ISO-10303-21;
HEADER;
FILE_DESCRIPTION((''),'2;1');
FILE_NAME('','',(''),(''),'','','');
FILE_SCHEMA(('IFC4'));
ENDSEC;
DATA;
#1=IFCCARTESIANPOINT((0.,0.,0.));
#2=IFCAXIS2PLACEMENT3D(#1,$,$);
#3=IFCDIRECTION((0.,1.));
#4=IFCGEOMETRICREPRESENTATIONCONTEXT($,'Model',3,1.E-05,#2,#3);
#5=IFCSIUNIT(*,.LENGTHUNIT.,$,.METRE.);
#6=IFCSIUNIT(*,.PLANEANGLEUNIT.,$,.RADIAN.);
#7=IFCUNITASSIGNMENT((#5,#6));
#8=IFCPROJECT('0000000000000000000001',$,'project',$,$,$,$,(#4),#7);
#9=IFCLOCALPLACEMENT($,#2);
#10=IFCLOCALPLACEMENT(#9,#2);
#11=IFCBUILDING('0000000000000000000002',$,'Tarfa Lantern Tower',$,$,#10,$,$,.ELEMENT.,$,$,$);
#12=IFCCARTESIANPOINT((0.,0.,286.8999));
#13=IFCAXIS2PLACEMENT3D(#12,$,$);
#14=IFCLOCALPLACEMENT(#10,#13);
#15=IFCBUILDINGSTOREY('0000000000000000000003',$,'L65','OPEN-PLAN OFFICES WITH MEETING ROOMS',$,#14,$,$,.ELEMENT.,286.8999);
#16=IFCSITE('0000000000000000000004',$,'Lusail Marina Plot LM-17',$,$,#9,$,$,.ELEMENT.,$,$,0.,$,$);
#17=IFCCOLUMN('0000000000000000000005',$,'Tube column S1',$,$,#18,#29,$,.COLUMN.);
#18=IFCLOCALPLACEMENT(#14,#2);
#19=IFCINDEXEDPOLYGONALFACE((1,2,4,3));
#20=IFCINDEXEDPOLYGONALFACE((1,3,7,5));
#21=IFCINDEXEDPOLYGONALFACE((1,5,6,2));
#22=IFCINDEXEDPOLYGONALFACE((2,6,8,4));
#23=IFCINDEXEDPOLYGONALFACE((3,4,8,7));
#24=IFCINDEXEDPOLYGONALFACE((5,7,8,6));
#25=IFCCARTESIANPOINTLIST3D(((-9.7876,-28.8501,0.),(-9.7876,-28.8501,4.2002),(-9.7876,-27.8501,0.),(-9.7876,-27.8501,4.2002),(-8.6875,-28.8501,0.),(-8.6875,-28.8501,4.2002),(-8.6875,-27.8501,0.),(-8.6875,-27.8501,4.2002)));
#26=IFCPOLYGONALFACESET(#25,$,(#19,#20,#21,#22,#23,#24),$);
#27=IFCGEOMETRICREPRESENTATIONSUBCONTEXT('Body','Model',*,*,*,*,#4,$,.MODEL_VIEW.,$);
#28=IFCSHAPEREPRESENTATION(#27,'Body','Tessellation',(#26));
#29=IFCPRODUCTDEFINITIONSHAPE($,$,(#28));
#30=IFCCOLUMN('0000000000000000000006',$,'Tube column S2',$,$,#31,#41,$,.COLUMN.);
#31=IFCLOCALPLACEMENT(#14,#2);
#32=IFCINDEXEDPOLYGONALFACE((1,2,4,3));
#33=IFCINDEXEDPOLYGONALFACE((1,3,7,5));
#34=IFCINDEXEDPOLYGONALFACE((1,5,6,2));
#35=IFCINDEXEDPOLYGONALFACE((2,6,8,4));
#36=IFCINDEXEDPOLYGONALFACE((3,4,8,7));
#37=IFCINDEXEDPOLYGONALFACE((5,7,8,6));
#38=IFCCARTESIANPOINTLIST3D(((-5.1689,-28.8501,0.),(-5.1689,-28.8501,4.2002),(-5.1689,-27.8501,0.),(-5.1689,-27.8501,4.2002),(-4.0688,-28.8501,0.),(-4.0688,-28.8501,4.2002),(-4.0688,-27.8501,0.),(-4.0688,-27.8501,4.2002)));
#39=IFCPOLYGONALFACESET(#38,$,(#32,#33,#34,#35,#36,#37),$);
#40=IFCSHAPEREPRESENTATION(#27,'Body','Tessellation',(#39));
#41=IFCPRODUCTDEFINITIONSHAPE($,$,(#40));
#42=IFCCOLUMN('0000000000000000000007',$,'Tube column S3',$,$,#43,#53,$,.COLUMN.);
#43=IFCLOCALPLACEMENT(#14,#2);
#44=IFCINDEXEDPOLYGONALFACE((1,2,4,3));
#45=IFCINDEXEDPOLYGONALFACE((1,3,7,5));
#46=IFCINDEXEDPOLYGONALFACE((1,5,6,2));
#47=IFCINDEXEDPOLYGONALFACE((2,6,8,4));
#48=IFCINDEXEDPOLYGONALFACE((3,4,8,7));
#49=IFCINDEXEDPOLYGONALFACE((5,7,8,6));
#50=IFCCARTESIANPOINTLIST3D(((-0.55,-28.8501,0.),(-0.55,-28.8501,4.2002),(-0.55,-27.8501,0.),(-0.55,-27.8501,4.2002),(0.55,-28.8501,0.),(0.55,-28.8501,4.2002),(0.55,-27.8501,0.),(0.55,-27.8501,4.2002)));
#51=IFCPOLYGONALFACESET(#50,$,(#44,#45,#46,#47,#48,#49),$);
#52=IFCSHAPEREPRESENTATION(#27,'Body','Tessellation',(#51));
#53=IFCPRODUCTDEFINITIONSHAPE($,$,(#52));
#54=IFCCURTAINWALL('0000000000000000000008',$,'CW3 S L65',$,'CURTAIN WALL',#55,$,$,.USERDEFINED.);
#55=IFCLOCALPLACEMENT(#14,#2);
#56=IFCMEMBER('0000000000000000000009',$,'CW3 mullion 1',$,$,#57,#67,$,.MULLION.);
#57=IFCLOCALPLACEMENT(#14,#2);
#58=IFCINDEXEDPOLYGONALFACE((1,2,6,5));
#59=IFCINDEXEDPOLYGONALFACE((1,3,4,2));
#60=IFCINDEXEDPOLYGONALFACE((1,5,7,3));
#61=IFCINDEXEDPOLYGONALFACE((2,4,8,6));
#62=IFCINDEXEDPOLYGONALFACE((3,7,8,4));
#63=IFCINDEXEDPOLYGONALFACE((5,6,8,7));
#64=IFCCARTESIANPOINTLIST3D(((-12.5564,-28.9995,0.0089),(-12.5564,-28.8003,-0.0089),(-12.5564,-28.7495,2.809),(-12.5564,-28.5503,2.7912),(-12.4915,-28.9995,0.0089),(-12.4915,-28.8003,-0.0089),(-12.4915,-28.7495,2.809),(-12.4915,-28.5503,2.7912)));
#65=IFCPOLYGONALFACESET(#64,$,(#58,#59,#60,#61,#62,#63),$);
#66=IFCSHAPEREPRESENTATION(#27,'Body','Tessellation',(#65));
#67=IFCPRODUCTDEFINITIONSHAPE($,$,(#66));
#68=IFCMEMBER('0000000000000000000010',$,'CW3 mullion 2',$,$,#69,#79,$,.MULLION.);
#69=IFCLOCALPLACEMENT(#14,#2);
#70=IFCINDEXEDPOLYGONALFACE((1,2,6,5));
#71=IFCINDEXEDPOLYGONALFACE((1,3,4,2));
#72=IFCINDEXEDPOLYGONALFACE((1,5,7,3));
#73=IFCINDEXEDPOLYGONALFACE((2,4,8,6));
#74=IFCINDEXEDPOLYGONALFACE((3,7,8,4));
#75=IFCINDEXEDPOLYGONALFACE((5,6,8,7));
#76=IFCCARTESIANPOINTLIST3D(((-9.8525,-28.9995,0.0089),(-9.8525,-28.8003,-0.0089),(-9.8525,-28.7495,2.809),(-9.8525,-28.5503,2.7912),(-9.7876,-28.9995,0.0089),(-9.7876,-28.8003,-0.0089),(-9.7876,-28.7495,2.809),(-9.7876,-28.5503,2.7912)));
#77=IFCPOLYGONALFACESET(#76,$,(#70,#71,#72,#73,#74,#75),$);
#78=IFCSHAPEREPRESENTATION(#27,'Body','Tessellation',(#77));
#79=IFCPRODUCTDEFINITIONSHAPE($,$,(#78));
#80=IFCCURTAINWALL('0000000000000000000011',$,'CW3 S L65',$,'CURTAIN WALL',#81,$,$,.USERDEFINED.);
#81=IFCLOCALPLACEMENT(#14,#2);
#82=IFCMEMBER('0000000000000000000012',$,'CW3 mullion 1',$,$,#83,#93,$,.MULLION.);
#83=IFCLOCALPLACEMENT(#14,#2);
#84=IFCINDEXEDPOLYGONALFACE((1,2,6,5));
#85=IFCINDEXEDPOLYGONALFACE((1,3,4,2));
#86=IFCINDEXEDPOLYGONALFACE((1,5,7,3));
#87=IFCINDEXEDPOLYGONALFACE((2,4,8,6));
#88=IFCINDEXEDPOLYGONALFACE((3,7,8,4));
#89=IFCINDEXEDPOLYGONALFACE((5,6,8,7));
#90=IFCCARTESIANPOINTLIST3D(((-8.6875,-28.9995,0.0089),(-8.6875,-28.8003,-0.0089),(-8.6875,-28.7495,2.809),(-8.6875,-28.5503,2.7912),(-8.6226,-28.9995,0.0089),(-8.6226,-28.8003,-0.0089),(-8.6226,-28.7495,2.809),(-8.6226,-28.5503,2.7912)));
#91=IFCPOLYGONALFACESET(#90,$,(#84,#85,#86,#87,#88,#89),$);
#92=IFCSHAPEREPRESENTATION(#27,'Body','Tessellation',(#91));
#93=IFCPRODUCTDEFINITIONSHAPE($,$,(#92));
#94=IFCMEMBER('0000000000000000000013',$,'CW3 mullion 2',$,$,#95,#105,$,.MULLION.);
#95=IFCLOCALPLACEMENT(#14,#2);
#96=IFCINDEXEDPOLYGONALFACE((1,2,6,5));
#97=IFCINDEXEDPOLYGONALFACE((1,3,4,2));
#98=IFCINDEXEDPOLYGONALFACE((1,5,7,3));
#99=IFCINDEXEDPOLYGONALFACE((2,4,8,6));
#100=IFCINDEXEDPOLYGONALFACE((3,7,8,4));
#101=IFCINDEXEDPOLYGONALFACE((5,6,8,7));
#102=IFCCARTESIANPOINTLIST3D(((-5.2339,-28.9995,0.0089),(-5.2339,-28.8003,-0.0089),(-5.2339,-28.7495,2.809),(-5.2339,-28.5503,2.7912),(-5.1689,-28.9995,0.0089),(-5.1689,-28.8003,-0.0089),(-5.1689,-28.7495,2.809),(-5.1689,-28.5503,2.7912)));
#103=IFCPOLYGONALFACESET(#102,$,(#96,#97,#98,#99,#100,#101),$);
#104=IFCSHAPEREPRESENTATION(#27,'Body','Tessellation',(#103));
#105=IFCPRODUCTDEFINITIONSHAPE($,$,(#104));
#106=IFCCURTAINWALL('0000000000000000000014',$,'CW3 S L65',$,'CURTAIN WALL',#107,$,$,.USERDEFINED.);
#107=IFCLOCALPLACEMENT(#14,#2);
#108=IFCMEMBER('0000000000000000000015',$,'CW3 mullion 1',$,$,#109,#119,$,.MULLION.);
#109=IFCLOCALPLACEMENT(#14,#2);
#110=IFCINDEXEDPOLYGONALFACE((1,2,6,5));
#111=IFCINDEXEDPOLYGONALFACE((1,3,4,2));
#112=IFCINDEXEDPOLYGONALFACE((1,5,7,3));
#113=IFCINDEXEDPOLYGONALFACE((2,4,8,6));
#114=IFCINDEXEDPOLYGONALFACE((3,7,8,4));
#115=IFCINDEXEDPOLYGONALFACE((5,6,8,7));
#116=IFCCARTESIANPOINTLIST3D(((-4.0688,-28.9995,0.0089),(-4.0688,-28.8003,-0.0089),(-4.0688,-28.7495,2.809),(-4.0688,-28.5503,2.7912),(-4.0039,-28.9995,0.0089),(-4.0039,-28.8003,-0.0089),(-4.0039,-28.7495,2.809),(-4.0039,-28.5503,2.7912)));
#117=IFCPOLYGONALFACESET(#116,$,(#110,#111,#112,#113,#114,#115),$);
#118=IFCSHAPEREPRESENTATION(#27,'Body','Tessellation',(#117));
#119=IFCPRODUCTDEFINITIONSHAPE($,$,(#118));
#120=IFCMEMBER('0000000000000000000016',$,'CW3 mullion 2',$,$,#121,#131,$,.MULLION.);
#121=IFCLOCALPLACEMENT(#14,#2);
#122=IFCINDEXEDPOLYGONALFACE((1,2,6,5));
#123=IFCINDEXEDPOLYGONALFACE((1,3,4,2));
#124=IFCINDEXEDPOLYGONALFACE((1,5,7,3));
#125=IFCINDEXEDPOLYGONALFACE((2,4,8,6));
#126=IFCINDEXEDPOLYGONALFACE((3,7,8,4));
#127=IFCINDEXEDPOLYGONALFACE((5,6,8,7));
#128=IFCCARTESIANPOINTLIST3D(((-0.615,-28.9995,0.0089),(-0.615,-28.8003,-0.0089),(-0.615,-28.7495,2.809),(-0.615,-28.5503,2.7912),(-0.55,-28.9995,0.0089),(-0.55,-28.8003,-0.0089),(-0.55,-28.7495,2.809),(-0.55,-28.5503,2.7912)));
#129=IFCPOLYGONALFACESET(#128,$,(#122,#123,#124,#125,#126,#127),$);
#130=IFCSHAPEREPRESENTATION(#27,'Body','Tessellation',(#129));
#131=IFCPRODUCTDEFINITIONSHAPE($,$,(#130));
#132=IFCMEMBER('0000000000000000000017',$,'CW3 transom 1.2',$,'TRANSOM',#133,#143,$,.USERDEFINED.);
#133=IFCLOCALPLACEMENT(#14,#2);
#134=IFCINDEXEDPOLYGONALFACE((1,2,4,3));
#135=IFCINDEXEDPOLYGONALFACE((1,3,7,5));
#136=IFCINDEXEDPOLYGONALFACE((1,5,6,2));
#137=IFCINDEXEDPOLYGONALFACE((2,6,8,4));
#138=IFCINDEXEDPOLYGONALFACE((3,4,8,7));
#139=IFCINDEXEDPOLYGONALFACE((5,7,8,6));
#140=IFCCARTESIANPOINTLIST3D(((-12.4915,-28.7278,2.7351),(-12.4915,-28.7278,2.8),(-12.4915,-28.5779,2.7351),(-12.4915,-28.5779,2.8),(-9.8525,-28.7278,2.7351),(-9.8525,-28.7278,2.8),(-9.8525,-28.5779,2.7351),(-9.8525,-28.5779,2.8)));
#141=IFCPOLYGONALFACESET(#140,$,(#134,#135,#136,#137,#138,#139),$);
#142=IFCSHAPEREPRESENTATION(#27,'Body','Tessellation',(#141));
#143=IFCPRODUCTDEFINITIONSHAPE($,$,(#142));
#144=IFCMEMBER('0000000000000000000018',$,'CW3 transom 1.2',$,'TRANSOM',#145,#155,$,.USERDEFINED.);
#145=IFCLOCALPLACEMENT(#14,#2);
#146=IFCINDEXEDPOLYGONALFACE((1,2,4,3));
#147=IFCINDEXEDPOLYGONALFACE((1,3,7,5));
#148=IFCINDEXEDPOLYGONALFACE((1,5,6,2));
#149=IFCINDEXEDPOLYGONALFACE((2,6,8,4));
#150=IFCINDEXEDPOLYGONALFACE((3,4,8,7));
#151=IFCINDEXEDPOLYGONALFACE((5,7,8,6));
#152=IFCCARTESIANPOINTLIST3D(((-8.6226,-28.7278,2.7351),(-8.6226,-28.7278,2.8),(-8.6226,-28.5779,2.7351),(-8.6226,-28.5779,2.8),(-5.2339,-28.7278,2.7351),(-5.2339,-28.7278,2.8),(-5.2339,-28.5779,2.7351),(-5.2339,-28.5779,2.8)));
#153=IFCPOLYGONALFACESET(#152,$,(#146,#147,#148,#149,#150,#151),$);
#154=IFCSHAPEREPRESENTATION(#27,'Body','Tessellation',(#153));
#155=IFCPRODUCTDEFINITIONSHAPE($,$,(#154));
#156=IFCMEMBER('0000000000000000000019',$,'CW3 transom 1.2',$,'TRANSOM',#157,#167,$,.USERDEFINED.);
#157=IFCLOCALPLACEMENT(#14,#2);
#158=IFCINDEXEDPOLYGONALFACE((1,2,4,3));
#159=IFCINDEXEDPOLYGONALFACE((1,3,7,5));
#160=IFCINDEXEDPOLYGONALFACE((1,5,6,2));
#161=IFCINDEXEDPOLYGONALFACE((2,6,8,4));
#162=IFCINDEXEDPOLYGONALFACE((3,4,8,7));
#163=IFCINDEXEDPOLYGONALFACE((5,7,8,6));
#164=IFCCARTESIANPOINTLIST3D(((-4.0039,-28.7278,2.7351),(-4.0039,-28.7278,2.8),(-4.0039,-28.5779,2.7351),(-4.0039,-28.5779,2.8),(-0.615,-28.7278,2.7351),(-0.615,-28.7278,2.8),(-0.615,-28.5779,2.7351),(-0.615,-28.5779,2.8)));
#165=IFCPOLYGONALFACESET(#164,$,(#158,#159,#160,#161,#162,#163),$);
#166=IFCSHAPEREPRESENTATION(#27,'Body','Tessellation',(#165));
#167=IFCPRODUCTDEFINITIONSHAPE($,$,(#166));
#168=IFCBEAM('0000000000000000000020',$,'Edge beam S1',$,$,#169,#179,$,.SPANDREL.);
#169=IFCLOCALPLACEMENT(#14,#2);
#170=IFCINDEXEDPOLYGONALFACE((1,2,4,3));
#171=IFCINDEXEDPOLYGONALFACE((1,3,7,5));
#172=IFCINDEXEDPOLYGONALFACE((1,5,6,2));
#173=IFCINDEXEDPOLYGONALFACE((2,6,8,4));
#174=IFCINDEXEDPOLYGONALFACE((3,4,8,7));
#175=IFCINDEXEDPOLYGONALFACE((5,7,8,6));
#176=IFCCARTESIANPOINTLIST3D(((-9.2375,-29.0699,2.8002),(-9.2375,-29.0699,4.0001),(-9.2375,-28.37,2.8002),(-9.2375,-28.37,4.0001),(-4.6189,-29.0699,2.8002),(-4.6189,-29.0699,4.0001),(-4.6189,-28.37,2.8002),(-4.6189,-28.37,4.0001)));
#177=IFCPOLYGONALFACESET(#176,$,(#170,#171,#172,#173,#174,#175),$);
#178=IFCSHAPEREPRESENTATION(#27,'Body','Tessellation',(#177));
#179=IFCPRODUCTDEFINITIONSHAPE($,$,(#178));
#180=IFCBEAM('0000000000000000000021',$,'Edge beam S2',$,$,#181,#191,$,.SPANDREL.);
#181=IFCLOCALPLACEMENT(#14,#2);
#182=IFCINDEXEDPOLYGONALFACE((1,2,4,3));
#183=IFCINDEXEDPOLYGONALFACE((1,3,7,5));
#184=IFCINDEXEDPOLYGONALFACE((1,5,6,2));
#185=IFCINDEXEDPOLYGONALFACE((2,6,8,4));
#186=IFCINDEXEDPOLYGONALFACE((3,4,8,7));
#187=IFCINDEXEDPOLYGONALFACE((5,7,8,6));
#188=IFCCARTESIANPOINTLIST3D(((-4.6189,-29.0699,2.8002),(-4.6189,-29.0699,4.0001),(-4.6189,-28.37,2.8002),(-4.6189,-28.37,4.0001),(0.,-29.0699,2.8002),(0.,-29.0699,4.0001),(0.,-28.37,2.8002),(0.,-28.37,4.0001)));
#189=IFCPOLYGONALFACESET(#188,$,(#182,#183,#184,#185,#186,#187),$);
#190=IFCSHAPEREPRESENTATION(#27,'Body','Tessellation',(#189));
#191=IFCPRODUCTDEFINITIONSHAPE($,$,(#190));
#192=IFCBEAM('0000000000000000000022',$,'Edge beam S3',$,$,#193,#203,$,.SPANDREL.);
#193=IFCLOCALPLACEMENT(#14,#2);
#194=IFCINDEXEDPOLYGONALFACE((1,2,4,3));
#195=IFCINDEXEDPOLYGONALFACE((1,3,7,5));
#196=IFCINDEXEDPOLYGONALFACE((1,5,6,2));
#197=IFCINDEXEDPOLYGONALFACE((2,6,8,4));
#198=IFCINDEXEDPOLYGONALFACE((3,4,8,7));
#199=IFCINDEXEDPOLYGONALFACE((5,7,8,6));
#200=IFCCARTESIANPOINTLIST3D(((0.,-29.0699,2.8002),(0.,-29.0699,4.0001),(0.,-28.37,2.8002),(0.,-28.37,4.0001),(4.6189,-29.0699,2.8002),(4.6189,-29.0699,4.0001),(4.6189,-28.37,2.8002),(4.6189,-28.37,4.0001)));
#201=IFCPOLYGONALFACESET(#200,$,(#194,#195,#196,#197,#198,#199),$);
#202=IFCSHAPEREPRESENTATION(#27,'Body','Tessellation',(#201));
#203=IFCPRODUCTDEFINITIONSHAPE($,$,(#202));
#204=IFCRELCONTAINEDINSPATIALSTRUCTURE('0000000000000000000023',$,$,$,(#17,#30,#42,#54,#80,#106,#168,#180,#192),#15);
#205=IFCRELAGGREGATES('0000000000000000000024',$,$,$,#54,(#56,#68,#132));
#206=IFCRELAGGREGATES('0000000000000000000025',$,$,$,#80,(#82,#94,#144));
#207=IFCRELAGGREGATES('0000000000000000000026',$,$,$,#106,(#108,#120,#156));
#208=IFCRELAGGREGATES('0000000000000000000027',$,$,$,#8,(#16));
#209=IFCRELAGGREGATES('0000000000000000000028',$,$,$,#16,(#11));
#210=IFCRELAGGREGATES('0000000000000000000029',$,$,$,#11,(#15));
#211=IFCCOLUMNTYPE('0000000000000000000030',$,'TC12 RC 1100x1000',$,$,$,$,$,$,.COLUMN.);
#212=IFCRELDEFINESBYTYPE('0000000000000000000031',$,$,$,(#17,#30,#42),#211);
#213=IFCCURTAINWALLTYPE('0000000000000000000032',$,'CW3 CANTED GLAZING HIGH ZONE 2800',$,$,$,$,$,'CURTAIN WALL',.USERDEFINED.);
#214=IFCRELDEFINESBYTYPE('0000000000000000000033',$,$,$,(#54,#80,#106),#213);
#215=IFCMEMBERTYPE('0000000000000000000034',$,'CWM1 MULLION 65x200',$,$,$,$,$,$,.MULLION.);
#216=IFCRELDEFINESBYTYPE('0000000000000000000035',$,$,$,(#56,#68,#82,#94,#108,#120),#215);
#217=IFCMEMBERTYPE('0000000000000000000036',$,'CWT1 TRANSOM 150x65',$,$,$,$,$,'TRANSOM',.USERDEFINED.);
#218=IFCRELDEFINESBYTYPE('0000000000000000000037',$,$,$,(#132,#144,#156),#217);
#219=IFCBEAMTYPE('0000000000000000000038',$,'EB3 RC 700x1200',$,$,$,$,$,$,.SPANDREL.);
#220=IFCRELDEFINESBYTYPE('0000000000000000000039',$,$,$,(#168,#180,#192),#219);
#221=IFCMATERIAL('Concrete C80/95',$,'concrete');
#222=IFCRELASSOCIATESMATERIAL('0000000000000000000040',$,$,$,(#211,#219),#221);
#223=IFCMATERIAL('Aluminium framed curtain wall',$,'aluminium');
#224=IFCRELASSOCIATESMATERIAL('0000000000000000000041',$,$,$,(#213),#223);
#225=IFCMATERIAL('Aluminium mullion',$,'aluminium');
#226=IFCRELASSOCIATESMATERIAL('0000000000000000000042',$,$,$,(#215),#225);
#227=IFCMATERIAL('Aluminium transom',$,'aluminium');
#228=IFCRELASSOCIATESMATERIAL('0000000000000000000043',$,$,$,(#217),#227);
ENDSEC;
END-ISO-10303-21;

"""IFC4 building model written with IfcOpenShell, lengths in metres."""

from ifc_helpers import new_model, si_unit, direction, frame, origin, origin_2d, place, context, subcontext, project, spatial, rectangle, extrude, material, material_profile, profile_set, type_object, element, aggregate, save


model = new_model("IFC4")

# Units and contexts
model_context = context("Model", 3, precision=1e-05, world=origin(), true_north=direction((0.0, 1.0)))
body_context = subcontext(model_context, "Body", "Model", "MODEL_VIEW")
ifc_project = project(units=[si_unit("LENGTHUNIT", "METRE"), si_unit("PLANEANGLEUNIT", "RADIAN")], contexts=[model_context])

# Site, building, storey
site_placement = place(None, origin())
site = spatial("IfcSite", under=ifc_project, at=site_placement, Name="Lusail Marina Plot LM-17", CompositionType="ELEMENT", RefElevation=0.0)
building_placement = place(site_placement, origin())
building = spatial("IfcBuilding", under=site, at=building_placement, Name="Tarfa Lantern Tower", CompositionType="ELEMENT")
storey_placement = place(building_placement, frame((0.0, 0.0, 286.8999)))
storey = spatial("IfcBuildingStorey", under=building, at=storey_placement, Name="L65", Description="OPEN-PLAN OFFICES WITH MEETING ROOMS", CompositionType="ELEMENT", Elevation=286.8999)

# Columns
ifc_material_1 = material(Name="Concrete C80/95", Category="concrete")
ifc_material_profile_1 = material_profile(ifc_material_1, rectangle(XDim=1.1001, YDim=1.0, at=origin_2d()), Name="RC 1100x1000")
ifc_profile_set_1 = profile_set([ifc_material_profile_1], Name="Concrete C80/95")
column_type = type_object("IfcColumnType", Name="TC12 RC 1100x1000", PredefinedType="COLUMN", material=ifc_profile_set_1)
for number, where, z_axis, x_axis, name in (
    (1, (-9.2375, -28.3501, 0.0), (0.0, 0.0, 1.0), (1.0, 0.0, 0.0), "Tube column S1"),
    (2, (-4.6189, -28.3501, 0.0), (0.0, 0.0, 1.0), (1.0, 0.0, 0.0), "Tube column S2"),
    (3, (0.0, -28.3501, 0.0), (0.0, 0.0, 1.0), (1.0, 0.0, 0.0), "Tube column S3"),
):
    element("IfcColumn", number, at=place(storey_placement, frame(where, z_axis=z_axis, x_axis=x_axis)), inside=storey, type_object=column_type, Name=name, PredefinedType="COLUMN", context=body_context, shape_type="SweptSolid", body=[
        extrude(rectangle(XDim=1.1001, YDim=1.0, at=origin_2d()), origin(), (0.0, 0.0, 1.0), 4.2002),
    ])

# Curtain walls, members
ifc_material_2 = material(Name="Aluminium framed curtain wall", Category="aluminium")
curtain_wall_type = type_object("IfcCurtainWallType", Name="CW3 CANTED GLAZING HIGH ZONE 2800", ElementType="CURTAIN WALL", PredefinedType="USERDEFINED", material=ifc_material_2)
curtain_wall_1_placement = place(storey_placement, origin())
curtain_wall_1 = element("IfcCurtainWall", 4, at=curtain_wall_1_placement, inside=storey, type_object=curtain_wall_type, Name="CW3 S L65", ObjectType="CURTAIN WALL", PredefinedType="USERDEFINED")
ifc_material_3 = material(Name="Aluminium mullion", Category="aluminium")
ifc_material_profile_2 = material_profile(ifc_material_3, rectangle(XDim=0.0649, YDim=0.2, at=origin_2d()), Name="AL MULLION 65x200")
ifc_profile_set_2 = profile_set([ifc_material_profile_2], Name="Aluminium mullion")
member_type_1 = type_object("IfcMemberType", Name="CWM1 MULLION 65x200", PredefinedType="MULLION", material=ifc_profile_set_2)
member_1_placement = place(storey_placement, frame((-12.5239, -28.8999, 0.0), z_axis=(0.0, 0.08893, 0.996038), x_axis=(-1.0, 0.0, 0.0)))
member_1 = element("IfcMember", 5, at=member_1_placement, type_object=member_type_1, Name="CW3 mullion 1", PredefinedType="MULLION", context=body_context, shape_type="SweptSolid", body=[
    extrude(rectangle(XDim=0.0649, YDim=0.2, at=origin_2d()), origin(), (0.0, 0.0, 1.0), 2.8113),
])
member_2_placement = place(storey_placement, frame((-9.8201, -28.8999, 0.0), z_axis=(0.0, 0.08893, 0.996038), x_axis=(-1.0, 0.0, 0.0)))
member_2 = element("IfcMember", 6, at=member_2_placement, type_object=member_type_1, Name="CW3 mullion 2", PredefinedType="MULLION", context=body_context, shape_type="SweptSolid", body=[
    extrude(rectangle(XDim=0.0649, YDim=0.2, at=origin_2d()), origin(), (0.0, 0.0, 1.0), 2.8113),
])
curtain_wall_2_placement = place(storey_placement, origin())
curtain_wall_2 = element("IfcCurtainWall", 7, at=curtain_wall_2_placement, inside=storey, type_object=curtain_wall_type, Name="CW3 S L65", ObjectType="CURTAIN WALL", PredefinedType="USERDEFINED")
member_3_placement = place(storey_placement, frame((-8.655, -28.8999, 0.0), z_axis=(0.0, 0.08893, 0.996038), x_axis=(-1.0, 0.0, 0.0)))
member_3 = element("IfcMember", 8, at=member_3_placement, type_object=member_type_1, Name="CW3 mullion 1", PredefinedType="MULLION", context=body_context, shape_type="SweptSolid", body=[
    extrude(rectangle(XDim=0.0649, YDim=0.2, at=origin_2d()), origin(), (0.0, 0.0, 1.0), 2.8113),
])
member_4_placement = place(storey_placement, frame((-5.2014, -28.8999, 0.0), z_axis=(0.0, 0.08893, 0.996038), x_axis=(-1.0, 0.0, 0.0)))
member_4 = element("IfcMember", 9, at=member_4_placement, type_object=member_type_1, Name="CW3 mullion 2", PredefinedType="MULLION", context=body_context, shape_type="SweptSolid", body=[
    extrude(rectangle(XDim=0.0649, YDim=0.2, at=origin_2d()), origin(), (0.0, 0.0, 1.0), 2.8113),
])
curtain_wall_3_placement = place(storey_placement, origin())
curtain_wall_3 = element("IfcCurtainWall", 10, at=curtain_wall_3_placement, inside=storey, type_object=curtain_wall_type, Name="CW3 S L65", ObjectType="CURTAIN WALL", PredefinedType="USERDEFINED")
member_5_placement = place(storey_placement, frame((-4.0364, -28.8999, 0.0), z_axis=(0.0, 0.08893, 0.996038), x_axis=(-1.0, 0.0, 0.0)))
member_5 = element("IfcMember", 11, at=member_5_placement, type_object=member_type_1, Name="CW3 mullion 1", PredefinedType="MULLION", context=body_context, shape_type="SweptSolid", body=[
    extrude(rectangle(XDim=0.0649, YDim=0.2, at=origin_2d()), origin(), (0.0, 0.0, 1.0), 2.8113),
])
member_6_placement = place(storey_placement, frame((-0.5825, -28.8999, 0.0), z_axis=(0.0, 0.08893, 0.996038), x_axis=(-1.0, 0.0, 0.0)))
member_6 = element("IfcMember", 12, at=member_6_placement, type_object=member_type_1, Name="CW3 mullion 2", PredefinedType="MULLION", context=body_context, shape_type="SweptSolid", body=[
    extrude(rectangle(XDim=0.0649, YDim=0.2, at=origin_2d()), origin(), (0.0, 0.0, 1.0), 2.8113),
])

# Members
ifc_material_4 = material(Name="Aluminium transom", Category="aluminium")
ifc_material_profile_3 = material_profile(ifc_material_4, rectangle(XDim=0.1499, YDim=0.0649, at=origin_2d()), Name="AL TRANSOM 150x65")
ifc_profile_set_3 = profile_set([ifc_material_profile_3], Name="Aluminium transom")
member_type_2 = type_object("IfcMemberType", Name="CWT1 TRANSOM 150x65", ElementType="TRANSOM", PredefinedType="USERDEFINED", material=ifc_profile_set_3)
member_7_placement = place(storey_placement, frame((-12.4915, -28.6528, 2.7676), z_axis=(1.0, 0.0, 0.0), x_axis=(0.0, 1.0, 0.0)))
member_7 = element("IfcMember", 13, at=member_7_placement, type_object=member_type_2, Name="CW3 transom 1.2", ObjectType="TRANSOM", PredefinedType="USERDEFINED", context=body_context, shape_type="SweptSolid", body=[
    extrude(rectangle(XDim=0.1499, YDim=0.0649, at=origin_2d()), origin(), (0.0, 0.0, 1.0), 2.6389),
])
member_8_placement = place(storey_placement, frame((-8.6226, -28.6528, 2.7676), z_axis=(1.0, 0.0, 0.0), x_axis=(0.0, 1.0, 0.0)))
member_8 = element("IfcMember", 14, at=member_8_placement, type_object=member_type_2, Name="CW3 transom 1.2", ObjectType="TRANSOM", PredefinedType="USERDEFINED", context=body_context, shape_type="SweptSolid", body=[
    extrude(rectangle(XDim=0.1499, YDim=0.0649, at=origin_2d()), origin(), (0.0, 0.0, 1.0), 3.3887),
])
member_9_placement = place(storey_placement, frame((-4.0039, -28.6528, 2.7676), z_axis=(1.0, 0.0, 0.0), x_axis=(0.0, 1.0, 0.0)))
member_9 = element("IfcMember", 15, at=member_9_placement, type_object=member_type_2, Name="CW3 transom 1.2", ObjectType="TRANSOM", PredefinedType="USERDEFINED", context=body_context, shape_type="SweptSolid", body=[
    extrude(rectangle(XDim=0.1499, YDim=0.0649, at=origin_2d()), origin(), (0.0, 0.0, 1.0), 3.3889),
])

# Beams
ifc_material_profile_4 = material_profile(ifc_material_1, rectangle(XDim=0.7, YDim=1.2, at=origin_2d()), Name="RC 700x1200")
ifc_profile_set_4 = profile_set([ifc_material_profile_4], Name="Concrete C80/95")
beam_type_1 = type_object("IfcBeamType", Name="EB3 RC 700x1200", PredefinedType="SPANDREL", material=ifc_profile_set_4)
beam_placement = place(storey_placement, frame((-9.2375, -28.72, 3.4001), z_axis=(1.0, 0.0, 0.0), x_axis=(0.0, 1.0, 0.0)))
element("IfcBeam", 16, at=beam_placement, inside=storey, type_object=beam_type_1, Name="Edge beam S1", PredefinedType="SPANDREL", context=body_context, shape_type="SweptSolid", body=[
    extrude(rectangle(XDim=0.7, YDim=1.2, at=origin_2d()), origin(), (0.0, 0.0, 1.0), 4.6187),
])
for number, where, z_axis, x_axis, name in (
    (17, (-4.6189, -28.72, 3.4001), (1.0, 0.0, 0.0), (0.0, 1.0, 0.0), "Edge beam S2"),
    (18, (0.0, -28.72, 3.4001), (1.0, 0.0, 0.0), (0.0, 1.0, 0.0), "Edge beam S3"),
):
    element("IfcBeam", number, at=place(storey_placement, frame(where, z_axis=z_axis, x_axis=x_axis)), inside=storey, type_object=beam_type_1, Name=name, PredefinedType="SPANDREL", context=body_context, shape_type="SweptSolid", body=[
        extrude(rectangle(XDim=0.7, YDim=1.2, at=origin_2d()), origin(), (0.0, 0.0, 1.0), 4.6189),
    ])

aggregate(curtain_wall_1, [member_1, member_2, member_7])
aggregate(curtain_wall_2, [member_3, member_4, member_8])
aggregate(curtain_wall_3, [member_5, member_6, member_9])

save(model, "model.ifc")
